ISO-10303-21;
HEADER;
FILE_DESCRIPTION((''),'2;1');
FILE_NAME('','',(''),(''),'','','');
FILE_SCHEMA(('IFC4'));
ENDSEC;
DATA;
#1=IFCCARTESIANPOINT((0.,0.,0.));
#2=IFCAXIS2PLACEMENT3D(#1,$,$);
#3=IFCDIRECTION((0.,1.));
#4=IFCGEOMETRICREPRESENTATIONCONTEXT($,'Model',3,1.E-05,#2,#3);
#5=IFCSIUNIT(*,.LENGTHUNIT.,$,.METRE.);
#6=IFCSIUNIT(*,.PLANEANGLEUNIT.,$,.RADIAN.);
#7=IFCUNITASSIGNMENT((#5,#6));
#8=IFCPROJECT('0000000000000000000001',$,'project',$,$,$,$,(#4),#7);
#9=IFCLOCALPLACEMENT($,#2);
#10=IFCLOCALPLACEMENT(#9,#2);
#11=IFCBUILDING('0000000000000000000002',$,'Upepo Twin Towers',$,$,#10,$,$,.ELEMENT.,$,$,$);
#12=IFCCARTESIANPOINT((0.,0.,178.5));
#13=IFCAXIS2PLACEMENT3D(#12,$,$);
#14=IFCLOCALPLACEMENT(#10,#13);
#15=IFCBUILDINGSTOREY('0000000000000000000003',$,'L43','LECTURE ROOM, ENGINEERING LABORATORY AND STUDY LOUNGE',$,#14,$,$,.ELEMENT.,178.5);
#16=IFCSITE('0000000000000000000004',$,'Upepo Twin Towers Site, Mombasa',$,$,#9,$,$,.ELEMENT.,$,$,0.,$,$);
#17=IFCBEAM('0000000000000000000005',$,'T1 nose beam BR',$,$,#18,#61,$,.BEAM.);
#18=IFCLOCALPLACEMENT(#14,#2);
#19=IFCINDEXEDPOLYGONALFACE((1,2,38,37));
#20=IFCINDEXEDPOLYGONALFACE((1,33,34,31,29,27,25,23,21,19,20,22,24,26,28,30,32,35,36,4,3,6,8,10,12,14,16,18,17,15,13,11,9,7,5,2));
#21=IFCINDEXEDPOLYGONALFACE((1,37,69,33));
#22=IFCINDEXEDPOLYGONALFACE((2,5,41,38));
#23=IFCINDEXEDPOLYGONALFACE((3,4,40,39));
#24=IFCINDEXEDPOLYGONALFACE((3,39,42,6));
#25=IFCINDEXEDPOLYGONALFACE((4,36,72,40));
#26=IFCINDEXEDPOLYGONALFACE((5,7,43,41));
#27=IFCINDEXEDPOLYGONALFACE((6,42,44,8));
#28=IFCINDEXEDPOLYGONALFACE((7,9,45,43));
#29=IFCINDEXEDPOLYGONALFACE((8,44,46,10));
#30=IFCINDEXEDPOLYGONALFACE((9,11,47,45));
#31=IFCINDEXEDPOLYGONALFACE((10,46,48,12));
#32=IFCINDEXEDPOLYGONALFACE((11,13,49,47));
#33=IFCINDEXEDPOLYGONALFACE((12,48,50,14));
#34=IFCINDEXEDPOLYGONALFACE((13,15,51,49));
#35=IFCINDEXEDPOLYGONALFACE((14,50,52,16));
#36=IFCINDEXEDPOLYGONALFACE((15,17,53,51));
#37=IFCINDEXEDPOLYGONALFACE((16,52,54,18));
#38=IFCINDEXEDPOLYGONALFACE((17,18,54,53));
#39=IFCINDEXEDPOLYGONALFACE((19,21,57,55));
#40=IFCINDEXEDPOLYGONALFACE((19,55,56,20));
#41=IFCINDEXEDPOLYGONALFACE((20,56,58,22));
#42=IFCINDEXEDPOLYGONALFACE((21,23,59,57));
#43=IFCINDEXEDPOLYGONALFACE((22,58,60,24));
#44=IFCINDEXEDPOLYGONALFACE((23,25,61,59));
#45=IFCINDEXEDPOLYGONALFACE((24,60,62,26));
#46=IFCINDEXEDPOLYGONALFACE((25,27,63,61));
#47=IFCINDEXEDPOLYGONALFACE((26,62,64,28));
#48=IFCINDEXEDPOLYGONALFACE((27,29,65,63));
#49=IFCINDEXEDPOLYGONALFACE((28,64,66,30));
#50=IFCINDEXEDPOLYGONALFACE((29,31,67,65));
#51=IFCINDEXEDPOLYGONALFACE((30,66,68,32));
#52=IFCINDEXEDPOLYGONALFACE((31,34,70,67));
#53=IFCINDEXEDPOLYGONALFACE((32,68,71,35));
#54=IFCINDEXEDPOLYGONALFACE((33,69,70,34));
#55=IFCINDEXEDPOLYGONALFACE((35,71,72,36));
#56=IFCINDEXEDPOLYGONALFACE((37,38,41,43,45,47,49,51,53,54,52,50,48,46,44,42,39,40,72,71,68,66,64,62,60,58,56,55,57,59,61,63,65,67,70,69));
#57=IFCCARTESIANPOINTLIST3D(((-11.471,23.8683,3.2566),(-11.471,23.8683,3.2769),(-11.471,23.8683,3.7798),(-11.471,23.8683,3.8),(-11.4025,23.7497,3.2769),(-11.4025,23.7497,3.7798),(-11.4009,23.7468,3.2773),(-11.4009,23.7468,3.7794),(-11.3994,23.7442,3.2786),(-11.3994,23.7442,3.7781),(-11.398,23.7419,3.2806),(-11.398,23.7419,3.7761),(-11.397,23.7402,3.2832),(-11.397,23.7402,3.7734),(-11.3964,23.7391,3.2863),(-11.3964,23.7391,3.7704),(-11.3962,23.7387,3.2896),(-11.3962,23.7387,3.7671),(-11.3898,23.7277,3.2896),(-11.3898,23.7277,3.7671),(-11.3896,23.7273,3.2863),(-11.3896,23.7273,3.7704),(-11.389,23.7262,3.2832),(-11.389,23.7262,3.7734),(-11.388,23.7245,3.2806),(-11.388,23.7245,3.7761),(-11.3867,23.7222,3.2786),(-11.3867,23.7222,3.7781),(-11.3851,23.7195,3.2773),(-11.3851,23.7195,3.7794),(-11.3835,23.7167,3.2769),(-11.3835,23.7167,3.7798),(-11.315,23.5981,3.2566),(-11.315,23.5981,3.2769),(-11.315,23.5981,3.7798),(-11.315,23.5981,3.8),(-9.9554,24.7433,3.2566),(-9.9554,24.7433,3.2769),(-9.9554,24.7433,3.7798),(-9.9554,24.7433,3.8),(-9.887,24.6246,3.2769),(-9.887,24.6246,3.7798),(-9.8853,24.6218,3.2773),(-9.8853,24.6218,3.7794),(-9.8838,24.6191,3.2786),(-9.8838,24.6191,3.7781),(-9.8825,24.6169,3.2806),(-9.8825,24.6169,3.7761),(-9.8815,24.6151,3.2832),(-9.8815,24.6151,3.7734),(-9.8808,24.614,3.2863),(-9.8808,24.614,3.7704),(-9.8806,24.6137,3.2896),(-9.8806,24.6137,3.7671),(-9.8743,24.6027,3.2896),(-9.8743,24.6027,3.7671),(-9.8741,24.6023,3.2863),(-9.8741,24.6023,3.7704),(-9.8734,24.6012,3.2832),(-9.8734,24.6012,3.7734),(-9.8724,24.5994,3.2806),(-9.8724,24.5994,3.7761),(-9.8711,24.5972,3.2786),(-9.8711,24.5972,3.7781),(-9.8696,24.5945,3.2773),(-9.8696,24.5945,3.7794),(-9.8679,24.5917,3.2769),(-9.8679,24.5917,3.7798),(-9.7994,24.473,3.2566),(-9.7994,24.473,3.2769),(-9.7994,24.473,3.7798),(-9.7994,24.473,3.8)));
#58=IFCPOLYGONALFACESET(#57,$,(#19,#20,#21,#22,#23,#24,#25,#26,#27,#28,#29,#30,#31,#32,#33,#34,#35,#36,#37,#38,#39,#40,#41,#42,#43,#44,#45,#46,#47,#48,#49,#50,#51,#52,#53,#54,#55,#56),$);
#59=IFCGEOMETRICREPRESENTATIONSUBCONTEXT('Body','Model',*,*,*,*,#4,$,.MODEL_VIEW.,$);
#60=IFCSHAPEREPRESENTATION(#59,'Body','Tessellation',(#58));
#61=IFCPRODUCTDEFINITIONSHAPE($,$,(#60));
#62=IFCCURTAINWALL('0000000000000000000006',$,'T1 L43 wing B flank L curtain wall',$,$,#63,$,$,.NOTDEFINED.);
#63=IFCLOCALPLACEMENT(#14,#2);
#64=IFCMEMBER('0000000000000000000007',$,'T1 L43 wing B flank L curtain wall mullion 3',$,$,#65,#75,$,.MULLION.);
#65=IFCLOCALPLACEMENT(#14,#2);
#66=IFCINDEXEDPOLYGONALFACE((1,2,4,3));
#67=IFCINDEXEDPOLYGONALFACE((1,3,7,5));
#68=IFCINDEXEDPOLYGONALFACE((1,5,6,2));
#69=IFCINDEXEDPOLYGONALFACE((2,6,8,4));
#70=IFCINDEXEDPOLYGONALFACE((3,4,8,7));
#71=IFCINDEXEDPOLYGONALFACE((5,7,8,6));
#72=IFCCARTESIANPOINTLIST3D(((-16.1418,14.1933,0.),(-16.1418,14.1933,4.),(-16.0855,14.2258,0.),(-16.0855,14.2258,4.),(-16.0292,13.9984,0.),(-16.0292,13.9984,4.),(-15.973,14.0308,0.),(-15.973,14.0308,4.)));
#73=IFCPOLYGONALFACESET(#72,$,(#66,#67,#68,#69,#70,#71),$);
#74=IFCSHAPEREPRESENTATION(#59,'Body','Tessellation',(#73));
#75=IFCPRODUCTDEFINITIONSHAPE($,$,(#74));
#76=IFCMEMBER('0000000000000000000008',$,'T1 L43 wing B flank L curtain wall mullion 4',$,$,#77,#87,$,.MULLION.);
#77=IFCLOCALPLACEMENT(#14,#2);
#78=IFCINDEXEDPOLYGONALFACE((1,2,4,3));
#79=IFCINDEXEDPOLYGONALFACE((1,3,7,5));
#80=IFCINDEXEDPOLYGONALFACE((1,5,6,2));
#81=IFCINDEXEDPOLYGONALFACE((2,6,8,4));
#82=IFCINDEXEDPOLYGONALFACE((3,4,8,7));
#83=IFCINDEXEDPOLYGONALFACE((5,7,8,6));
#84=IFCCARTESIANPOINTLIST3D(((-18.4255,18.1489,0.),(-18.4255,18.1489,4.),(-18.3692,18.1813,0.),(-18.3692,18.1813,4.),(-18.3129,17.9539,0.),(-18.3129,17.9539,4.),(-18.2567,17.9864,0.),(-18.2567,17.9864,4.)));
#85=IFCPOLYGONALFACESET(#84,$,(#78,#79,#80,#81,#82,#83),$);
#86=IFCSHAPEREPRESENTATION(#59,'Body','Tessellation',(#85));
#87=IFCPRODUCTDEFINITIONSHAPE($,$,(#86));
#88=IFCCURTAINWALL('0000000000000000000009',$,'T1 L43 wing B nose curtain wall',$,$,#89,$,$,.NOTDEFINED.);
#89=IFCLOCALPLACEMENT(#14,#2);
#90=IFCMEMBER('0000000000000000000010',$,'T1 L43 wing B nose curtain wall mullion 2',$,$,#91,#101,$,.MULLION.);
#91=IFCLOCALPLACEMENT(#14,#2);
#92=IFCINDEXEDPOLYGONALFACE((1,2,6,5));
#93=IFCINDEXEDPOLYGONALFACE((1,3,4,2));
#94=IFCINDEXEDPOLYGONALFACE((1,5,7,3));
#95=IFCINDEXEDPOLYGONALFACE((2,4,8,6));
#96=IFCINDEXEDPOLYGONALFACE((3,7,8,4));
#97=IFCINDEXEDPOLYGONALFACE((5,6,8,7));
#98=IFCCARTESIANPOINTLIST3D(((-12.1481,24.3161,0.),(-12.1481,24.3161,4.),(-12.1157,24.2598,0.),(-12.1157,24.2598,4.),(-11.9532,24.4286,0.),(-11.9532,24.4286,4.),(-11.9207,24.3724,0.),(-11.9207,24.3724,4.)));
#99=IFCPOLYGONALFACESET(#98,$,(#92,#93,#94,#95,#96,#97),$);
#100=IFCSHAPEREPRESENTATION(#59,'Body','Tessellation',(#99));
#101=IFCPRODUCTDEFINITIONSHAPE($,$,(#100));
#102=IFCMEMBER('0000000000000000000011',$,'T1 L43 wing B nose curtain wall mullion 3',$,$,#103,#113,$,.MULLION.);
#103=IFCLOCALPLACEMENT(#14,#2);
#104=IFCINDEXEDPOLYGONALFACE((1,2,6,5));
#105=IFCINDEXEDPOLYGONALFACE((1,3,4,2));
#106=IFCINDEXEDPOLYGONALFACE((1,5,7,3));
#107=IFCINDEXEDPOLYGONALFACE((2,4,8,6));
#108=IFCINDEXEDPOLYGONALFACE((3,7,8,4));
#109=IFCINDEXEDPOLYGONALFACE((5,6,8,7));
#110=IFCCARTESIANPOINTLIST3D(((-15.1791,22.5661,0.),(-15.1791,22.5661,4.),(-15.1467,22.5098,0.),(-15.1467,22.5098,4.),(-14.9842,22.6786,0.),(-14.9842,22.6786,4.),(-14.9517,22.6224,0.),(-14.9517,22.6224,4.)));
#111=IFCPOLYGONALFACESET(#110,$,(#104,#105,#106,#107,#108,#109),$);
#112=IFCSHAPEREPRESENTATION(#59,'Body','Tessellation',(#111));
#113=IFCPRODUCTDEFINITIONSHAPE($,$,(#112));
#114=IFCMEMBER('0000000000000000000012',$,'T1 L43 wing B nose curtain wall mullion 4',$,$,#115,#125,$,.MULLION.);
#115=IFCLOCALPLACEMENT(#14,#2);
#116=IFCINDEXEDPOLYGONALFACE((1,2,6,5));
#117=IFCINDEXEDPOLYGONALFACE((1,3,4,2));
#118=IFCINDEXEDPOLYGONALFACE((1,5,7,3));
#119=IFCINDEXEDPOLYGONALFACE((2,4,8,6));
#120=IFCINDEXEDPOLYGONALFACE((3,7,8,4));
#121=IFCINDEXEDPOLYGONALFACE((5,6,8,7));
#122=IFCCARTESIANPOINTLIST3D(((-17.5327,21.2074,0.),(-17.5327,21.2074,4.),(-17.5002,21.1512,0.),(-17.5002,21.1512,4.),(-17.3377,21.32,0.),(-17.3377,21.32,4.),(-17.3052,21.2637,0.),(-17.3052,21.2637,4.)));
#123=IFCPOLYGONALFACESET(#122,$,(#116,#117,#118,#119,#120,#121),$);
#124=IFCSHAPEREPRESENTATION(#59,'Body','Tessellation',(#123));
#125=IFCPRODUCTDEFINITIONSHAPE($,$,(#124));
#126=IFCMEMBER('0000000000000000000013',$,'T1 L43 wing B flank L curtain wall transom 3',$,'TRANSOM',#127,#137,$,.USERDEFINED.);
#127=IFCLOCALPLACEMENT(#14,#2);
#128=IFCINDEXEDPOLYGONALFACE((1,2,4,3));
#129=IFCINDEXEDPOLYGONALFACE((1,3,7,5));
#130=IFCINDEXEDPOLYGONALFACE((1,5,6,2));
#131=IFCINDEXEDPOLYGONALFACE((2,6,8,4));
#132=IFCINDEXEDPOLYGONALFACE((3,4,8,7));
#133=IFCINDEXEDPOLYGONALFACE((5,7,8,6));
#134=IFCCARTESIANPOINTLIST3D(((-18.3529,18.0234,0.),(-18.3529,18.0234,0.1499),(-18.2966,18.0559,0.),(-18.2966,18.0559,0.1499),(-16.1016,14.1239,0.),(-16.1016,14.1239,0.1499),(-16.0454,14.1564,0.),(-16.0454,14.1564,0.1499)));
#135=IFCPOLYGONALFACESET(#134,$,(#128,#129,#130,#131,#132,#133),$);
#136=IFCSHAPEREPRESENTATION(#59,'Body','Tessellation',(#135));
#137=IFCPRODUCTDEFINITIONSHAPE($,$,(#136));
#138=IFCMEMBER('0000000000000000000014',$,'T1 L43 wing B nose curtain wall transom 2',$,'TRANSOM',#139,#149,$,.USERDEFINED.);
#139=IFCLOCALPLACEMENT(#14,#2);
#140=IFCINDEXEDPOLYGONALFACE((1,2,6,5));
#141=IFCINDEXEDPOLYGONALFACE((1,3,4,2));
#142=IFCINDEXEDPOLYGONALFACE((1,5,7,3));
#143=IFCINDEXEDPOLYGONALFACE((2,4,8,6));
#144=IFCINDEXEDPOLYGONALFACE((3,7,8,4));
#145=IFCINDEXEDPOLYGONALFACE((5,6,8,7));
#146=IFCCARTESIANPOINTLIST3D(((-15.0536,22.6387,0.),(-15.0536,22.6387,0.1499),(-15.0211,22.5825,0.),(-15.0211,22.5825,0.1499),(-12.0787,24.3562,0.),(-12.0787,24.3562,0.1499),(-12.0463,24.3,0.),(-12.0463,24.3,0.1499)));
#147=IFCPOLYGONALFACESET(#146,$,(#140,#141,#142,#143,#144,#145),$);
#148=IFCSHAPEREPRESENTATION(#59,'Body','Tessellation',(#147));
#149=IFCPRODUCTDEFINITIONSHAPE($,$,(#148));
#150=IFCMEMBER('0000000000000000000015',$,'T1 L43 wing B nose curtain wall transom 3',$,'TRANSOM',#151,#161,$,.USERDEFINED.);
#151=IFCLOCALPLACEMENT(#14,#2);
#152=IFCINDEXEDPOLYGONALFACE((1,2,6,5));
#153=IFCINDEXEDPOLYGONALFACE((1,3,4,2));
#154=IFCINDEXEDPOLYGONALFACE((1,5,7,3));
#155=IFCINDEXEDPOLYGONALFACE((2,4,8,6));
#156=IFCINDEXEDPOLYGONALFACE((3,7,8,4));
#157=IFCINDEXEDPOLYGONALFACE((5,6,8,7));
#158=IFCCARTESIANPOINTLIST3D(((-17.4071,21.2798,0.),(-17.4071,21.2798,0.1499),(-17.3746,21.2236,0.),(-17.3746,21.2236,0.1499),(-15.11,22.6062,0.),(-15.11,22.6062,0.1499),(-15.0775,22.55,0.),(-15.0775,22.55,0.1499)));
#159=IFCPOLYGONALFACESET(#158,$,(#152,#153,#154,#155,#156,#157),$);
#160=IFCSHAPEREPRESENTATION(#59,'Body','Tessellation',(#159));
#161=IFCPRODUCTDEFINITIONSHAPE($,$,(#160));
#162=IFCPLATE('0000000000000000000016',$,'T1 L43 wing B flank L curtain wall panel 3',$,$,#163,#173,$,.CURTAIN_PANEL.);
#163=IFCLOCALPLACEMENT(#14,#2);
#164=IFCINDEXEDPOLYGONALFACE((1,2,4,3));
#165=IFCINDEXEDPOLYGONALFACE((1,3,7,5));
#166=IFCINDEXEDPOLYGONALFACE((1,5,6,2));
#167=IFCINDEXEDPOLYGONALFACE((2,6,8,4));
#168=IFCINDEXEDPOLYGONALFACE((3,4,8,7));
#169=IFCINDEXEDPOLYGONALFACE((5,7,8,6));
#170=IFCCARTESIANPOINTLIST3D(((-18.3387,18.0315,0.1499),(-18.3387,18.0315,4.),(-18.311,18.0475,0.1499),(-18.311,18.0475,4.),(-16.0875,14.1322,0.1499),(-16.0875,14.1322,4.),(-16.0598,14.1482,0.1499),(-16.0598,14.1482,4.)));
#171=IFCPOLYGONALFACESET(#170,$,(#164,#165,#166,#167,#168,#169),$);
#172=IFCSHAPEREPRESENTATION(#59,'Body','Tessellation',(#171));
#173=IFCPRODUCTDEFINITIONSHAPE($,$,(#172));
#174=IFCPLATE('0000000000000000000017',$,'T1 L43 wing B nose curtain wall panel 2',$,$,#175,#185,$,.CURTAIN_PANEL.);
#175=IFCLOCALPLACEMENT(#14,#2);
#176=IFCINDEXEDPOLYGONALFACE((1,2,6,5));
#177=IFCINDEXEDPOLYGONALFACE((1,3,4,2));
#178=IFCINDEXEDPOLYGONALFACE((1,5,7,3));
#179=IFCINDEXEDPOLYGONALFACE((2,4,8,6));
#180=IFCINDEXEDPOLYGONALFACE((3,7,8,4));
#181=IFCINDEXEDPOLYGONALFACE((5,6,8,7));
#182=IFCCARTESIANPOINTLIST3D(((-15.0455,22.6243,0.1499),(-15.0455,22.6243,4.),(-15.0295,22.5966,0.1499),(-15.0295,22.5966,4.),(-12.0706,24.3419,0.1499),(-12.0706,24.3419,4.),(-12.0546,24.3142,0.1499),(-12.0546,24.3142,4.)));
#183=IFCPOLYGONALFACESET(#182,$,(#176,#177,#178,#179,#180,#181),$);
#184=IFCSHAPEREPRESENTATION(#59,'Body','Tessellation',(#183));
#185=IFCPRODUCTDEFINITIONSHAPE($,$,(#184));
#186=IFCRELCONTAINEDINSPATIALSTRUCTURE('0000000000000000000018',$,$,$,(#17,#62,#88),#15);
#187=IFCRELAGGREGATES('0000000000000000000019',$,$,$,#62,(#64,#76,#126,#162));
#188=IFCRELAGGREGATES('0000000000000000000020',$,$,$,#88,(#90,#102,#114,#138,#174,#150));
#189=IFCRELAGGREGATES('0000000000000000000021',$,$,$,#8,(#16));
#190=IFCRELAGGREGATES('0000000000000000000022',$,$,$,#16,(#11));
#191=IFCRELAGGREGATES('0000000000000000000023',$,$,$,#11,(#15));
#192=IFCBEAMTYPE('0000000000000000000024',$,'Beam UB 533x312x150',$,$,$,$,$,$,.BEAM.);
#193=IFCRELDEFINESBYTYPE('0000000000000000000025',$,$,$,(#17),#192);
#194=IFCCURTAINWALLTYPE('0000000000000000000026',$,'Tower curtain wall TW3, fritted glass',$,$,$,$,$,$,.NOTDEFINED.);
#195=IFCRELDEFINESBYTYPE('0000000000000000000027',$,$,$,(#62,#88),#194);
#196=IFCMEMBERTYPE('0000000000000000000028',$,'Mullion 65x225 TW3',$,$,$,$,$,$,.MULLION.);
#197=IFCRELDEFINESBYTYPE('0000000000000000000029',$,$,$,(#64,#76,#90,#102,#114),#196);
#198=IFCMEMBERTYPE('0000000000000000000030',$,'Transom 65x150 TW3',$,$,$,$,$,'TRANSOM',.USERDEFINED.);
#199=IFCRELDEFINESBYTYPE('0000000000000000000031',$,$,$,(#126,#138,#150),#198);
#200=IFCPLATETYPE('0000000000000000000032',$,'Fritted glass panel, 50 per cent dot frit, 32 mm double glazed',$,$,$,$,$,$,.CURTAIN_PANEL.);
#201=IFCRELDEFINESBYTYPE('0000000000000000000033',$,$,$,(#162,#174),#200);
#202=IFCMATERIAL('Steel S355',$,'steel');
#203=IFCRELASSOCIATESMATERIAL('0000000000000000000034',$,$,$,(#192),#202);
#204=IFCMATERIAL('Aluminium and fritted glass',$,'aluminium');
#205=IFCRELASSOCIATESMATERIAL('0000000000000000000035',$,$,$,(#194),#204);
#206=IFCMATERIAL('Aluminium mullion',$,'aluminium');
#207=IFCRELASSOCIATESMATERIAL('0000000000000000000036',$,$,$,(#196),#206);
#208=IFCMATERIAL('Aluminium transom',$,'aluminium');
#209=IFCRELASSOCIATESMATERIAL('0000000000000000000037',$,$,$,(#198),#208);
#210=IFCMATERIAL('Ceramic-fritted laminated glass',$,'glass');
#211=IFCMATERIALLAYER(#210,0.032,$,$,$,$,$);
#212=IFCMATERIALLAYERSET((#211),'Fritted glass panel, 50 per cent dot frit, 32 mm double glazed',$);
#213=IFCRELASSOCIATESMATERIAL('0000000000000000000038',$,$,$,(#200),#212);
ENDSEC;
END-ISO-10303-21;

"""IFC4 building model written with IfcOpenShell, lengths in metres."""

from ifc_helpers import new_model, si_unit, direction, frame, origin, origin_2d, place, context, subcontext, project, spatial, rectangle, i_section, extrude, material, layer, layer_set, material_profile, profile_set, type_object, element, aggregate, save


model = new_model("IFC4")

# Units and contexts
model_context = context("Model", 3, precision=1e-05, world=origin(), true_north=direction((0.0, 1.0)))
body_context = subcontext(model_context, "Body", "Model", "MODEL_VIEW")
ifc_project = project(units=[si_unit("LENGTHUNIT", "METRE"), si_unit("PLANEANGLEUNIT", "RADIAN")], contexts=[model_context])

# Site, building, storey
site_placement = place(None, origin())
site = spatial("IfcSite", under=ifc_project, at=site_placement, Name="Upepo Twin Towers Site, Mombasa", CompositionType="ELEMENT", RefElevation=0.0)
building_placement = place(site_placement, origin())
building = spatial("IfcBuilding", under=site, at=building_placement, Name="Upepo Twin Towers", CompositionType="ELEMENT")
storey_placement = place(building_placement, frame((0.0, 0.0, 178.5)))
storey = spatial("IfcBuildingStorey", under=building, at=storey_placement, Name="L43", Description="LECTURE ROOM, ENGINEERING LABORATORY AND STUDY LOUNGE", CompositionType="ELEMENT", Elevation=178.5)

# Beam
ifc_material_1 = material(Name="Steel S355", Category="steel")
ifc_material_profile_1 = material_profile(ifc_material_1, i_section(OverallWidth=0.312, OverallDepth=0.5435, WebThickness=0.0127, FlangeThickness=0.0203, FilletRadius=0.0127, at=origin_2d()), Name="UB 533x312x150")
ifc_profile_set_1 = profile_set([ifc_material_profile_1], Name="Steel S355")
beam_type_1 = type_object("IfcBeamType", Name="Beam UB 533x312x150", PredefinedType="BEAM", material=ifc_profile_set_1)
for number, where, z_axis, x_axis, name in (
    (1, (-9.8774, 24.6082, 3.5283), (-0.866037, -0.49998, 0.0), (0.49998, -0.866037, 0.0), "T1 nose beam BR"),
):
    element("IfcBeam", number, at=place(storey_placement, frame(where, z_axis=z_axis, x_axis=x_axis)), inside=storey, type_object=beam_type_1, Name=name, PredefinedType="BEAM", context=body_context, shape_type="SweptSolid", body=[
        extrude(i_section(OverallWidth=0.312, OverallDepth=0.5435, WebThickness=0.0127, FlangeThickness=0.0203, FilletRadius=0.0127, at=origin_2d()), origin(), (0.0, 0.0, 1.0), 1.75),
    ])

# Curtain walls, members
ifc_material_2 = material(Name="Aluminium and fritted glass", Category="aluminium")
curtain_wall_type = type_object("IfcCurtainWallType", Name="Tower curtain wall TW3, fritted glass", PredefinedType="NOTDEFINED", material=ifc_material_2)
curtain_wall_1_placement = place(storey_placement, origin())
curtain_wall_1 = element("IfcCurtainWall", 2, at=curtain_wall_1_placement, inside=storey, type_object=curtain_wall_type, Name="T1 L43 wing B flank L curtain wall", PredefinedType="NOTDEFINED")
ifc_material_3 = material(Name="Aluminium mullion", Category="aluminium")
ifc_material_profile_2 = material_profile(ifc_material_3, rectangle(XDim=0.0649, YDim=0.2251, at=origin_2d()), Name="MULLION 65x225")
ifc_profile_set_2 = profile_set([ifc_material_profile_2], Name="Aluminium mullion")
member_type_1 = type_object("IfcMemberType", Name="Mullion 65x225 TW3", PredefinedType="MULLION", material=ifc_profile_set_2)
member_1_placement = place(storey_placement, frame((-16.0574, 14.1121, 0.0), z_axis=(0.0, 0.0, 1.0), x_axis=(-0.866025, -0.5, 0.0)))
member_1 = element("IfcMember", 3, at=member_1_placement, type_object=member_type_1, Name="T1 L43 wing B flank L curtain wall mullion 3", PredefinedType="MULLION", context=body_context, shape_type="SweptSolid", body=[
    extrude(rectangle(XDim=0.0649, YDim=0.2251, at=origin_2d()), origin(), (0.0, 0.0, 1.0), 4.0),
])
member_2_placement = place(storey_placement, frame((-18.3411, 18.0676, 0.0), z_axis=(0.0, 0.0, 1.0), x_axis=(-0.866025, -0.5, 0.0)))
member_2 = element("IfcMember", 4, at=member_2_placement, type_object=member_type_1, Name="T1 L43 wing B flank L curtain wall mullion 4", PredefinedType="MULLION", context=body_context, shape_type="SweptSolid", body=[
    extrude(rectangle(XDim=0.0649, YDim=0.2251, at=origin_2d()), origin(), (0.0, 0.0, 1.0), 4.0),
])
curtain_wall_2_placement = place(storey_placement, origin())
curtain_wall_2 = element("IfcCurtainWall", 5, at=curtain_wall_2_placement, inside=storey, type_object=curtain_wall_type, Name="T1 L43 wing B nose curtain wall", PredefinedType="NOTDEFINED")
member_3_placement = place(storey_placement, frame((-12.0344, 24.3442, 0.0), z_axis=(0.0, 0.0, 1.0), x_axis=(0.5, -0.866025, 0.0)))
member_3 = element("IfcMember", 6, at=member_3_placement, type_object=member_type_1, Name="T1 L43 wing B nose curtain wall mullion 2", PredefinedType="MULLION", context=body_context, shape_type="SweptSolid", body=[
    extrude(rectangle(XDim=0.0649, YDim=0.2251, at=origin_2d()), origin(), (0.0, 0.0, 1.0), 4.0),
])
member_4_placement = place(storey_placement, frame((-15.0654, 22.5942, 0.0), z_axis=(0.0, 0.0, 1.0), x_axis=(0.5, -0.866025, 0.0)))
member_4 = element("IfcMember", 7, at=member_4_placement, type_object=member_type_1, Name="T1 L43 wing B nose curtain wall mullion 3", PredefinedType="MULLION", context=body_context, shape_type="SweptSolid", body=[
    extrude(rectangle(XDim=0.0649, YDim=0.2251, at=origin_2d()), origin(), (0.0, 0.0, 1.0), 4.0),
])
member_5_placement = place(storey_placement, frame((-17.4189, 21.2356, 0.0), z_axis=(0.0, 0.0, 1.0), x_axis=(0.5, -0.866025, 0.0)))
member_5 = element("IfcMember", 8, at=member_5_placement, type_object=member_type_1, Name="T1 L43 wing B nose curtain wall mullion 4", PredefinedType="MULLION", context=body_context, shape_type="SweptSolid", body=[
    extrude(rectangle(XDim=0.0649, YDim=0.2251, at=origin_2d()), origin(), (0.0, 0.0, 1.0), 4.0),
])

# Members
ifc_material_4 = material(Name="Aluminium transom", Category="aluminium")
ifc_material_profile_3 = material_profile(ifc_material_4, rectangle(XDim=0.0649, YDim=0.1499, at=origin_2d()), Name="TRANSOM 65x150")
ifc_profile_set_3 = profile_set([ifc_material_profile_3], Name="Aluminium transom")
member_type_2 = type_object("IfcMemberType", Name="Transom 65x150 TW3", ElementType="TRANSOM", PredefinedType="USERDEFINED", material=ifc_profile_set_3)
member_6_placement = place(storey_placement, frame((-16.0735, 14.1401, 0.075), z_axis=(-0.499982, 0.866036, 0.0), x_axis=(-0.866036, -0.499982, 0.0)))
member_6 = element("IfcMember", 9, at=member_6_placement, type_object=member_type_2, Name="T1 L43 wing B flank L curtain wall transom 3", ObjectType="TRANSOM", PredefinedType="USERDEFINED", context=body_context, shape_type="SweptSolid", body=[
    extrude(rectangle(XDim=0.0649, YDim=0.1499, at=origin_2d()), origin(), (0.0, 0.0, 1.0), 4.5027),
])
member_7_placement = place(storey_placement, frame((-12.0625, 24.3281, 0.075), z_axis=(-0.866026, -0.499999, 0.0), x_axis=(0.499999, -0.866026, 0.0)))
member_7 = element("IfcMember", 10, at=member_7_placement, type_object=member_type_2, Name="T1 L43 wing B nose curtain wall transom 2", ObjectType="TRANSOM", PredefinedType="USERDEFINED", context=body_context, shape_type="SweptSolid", body=[
    extrude(rectangle(XDim=0.0649, YDim=0.1499, at=origin_2d()), origin(), (0.0, 0.0, 1.0), 3.4351),
])
member_8_placement = place(storey_placement, frame((-15.0938, 22.5781, 0.075), z_axis=(-0.865997, -0.500049, 0.0), x_axis=(0.500049, -0.865997, 0.0)))
member_8 = element("IfcMember", 11, at=member_8_placement, type_object=member_type_2, Name="T1 L43 wing B nose curtain wall transom 3", ObjectType="TRANSOM", PredefinedType="USERDEFINED", context=body_context, shape_type="SweptSolid", body=[
    extrude(rectangle(XDim=0.0649, YDim=0.1499, at=origin_2d()), origin(), (0.0, 0.0, 1.0), 2.6526),
])

# Plates
ifc_material_5 = material(Name="Ceramic-fritted laminated glass", Category="glass")
ifc_layer_1 = layer(ifc_material_5, 0.032)
ifc_layer_set_1 = layer_set([ifc_layer_1], Name="Fritted glass panel, 50 per cent dot frit, 32 mm double glazed")
plate_type_1 = type_object("IfcPlateType", Name="Fritted glass panel, 50 per cent dot frit, 32 mm double glazed", PredefinedType="CURTAIN_PANEL", material=ifc_layer_set_1)
plate_1_placement = place(storey_placement, frame((-17.1992, 16.0898, 0.1499), z_axis=(0.0, 0.0, 1.0), x_axis=(-0.5, 0.866025, 0.0)))
plate_1 = element("IfcPlate", 12, at=plate_1_placement, type_object=plate_type_1, Name="T1 L43 wing B flank L curtain wall panel 3", PredefinedType="CURTAIN_PANEL", context=body_context, shape_type="SweptSolid", body=[
    extrude(rectangle(XDim=4.5024, YDim=0.032, at=origin_2d()), origin(), (0.0, 0.0, 1.0), 3.8501),
])
aggregate(curtain_wall_1, [member_1, member_2, member_6, plate_1])
plate_2_placement = place(storey_placement, frame((-13.55, 23.4692, 0.1499), z_axis=(0.0, 0.0, 1.0), x_axis=(-0.866025, -0.5, 0.0)))
plate_2 = element("IfcPlate", 13, at=plate_2_placement, type_object=plate_type_1, Name="T1 L43 wing B nose curtain wall panel 2", PredefinedType="CURTAIN_PANEL", context=body_context, shape_type="SweptSolid", body=[
    extrude(rectangle(XDim=3.4351, YDim=0.032, at=origin_2d()), origin(), (0.0, 0.0, 1.0), 3.8501),
])
aggregate(curtain_wall_2, [member_3, member_4, member_5, member_7, plate_2, member_8])

save(model, "model.ifc")
